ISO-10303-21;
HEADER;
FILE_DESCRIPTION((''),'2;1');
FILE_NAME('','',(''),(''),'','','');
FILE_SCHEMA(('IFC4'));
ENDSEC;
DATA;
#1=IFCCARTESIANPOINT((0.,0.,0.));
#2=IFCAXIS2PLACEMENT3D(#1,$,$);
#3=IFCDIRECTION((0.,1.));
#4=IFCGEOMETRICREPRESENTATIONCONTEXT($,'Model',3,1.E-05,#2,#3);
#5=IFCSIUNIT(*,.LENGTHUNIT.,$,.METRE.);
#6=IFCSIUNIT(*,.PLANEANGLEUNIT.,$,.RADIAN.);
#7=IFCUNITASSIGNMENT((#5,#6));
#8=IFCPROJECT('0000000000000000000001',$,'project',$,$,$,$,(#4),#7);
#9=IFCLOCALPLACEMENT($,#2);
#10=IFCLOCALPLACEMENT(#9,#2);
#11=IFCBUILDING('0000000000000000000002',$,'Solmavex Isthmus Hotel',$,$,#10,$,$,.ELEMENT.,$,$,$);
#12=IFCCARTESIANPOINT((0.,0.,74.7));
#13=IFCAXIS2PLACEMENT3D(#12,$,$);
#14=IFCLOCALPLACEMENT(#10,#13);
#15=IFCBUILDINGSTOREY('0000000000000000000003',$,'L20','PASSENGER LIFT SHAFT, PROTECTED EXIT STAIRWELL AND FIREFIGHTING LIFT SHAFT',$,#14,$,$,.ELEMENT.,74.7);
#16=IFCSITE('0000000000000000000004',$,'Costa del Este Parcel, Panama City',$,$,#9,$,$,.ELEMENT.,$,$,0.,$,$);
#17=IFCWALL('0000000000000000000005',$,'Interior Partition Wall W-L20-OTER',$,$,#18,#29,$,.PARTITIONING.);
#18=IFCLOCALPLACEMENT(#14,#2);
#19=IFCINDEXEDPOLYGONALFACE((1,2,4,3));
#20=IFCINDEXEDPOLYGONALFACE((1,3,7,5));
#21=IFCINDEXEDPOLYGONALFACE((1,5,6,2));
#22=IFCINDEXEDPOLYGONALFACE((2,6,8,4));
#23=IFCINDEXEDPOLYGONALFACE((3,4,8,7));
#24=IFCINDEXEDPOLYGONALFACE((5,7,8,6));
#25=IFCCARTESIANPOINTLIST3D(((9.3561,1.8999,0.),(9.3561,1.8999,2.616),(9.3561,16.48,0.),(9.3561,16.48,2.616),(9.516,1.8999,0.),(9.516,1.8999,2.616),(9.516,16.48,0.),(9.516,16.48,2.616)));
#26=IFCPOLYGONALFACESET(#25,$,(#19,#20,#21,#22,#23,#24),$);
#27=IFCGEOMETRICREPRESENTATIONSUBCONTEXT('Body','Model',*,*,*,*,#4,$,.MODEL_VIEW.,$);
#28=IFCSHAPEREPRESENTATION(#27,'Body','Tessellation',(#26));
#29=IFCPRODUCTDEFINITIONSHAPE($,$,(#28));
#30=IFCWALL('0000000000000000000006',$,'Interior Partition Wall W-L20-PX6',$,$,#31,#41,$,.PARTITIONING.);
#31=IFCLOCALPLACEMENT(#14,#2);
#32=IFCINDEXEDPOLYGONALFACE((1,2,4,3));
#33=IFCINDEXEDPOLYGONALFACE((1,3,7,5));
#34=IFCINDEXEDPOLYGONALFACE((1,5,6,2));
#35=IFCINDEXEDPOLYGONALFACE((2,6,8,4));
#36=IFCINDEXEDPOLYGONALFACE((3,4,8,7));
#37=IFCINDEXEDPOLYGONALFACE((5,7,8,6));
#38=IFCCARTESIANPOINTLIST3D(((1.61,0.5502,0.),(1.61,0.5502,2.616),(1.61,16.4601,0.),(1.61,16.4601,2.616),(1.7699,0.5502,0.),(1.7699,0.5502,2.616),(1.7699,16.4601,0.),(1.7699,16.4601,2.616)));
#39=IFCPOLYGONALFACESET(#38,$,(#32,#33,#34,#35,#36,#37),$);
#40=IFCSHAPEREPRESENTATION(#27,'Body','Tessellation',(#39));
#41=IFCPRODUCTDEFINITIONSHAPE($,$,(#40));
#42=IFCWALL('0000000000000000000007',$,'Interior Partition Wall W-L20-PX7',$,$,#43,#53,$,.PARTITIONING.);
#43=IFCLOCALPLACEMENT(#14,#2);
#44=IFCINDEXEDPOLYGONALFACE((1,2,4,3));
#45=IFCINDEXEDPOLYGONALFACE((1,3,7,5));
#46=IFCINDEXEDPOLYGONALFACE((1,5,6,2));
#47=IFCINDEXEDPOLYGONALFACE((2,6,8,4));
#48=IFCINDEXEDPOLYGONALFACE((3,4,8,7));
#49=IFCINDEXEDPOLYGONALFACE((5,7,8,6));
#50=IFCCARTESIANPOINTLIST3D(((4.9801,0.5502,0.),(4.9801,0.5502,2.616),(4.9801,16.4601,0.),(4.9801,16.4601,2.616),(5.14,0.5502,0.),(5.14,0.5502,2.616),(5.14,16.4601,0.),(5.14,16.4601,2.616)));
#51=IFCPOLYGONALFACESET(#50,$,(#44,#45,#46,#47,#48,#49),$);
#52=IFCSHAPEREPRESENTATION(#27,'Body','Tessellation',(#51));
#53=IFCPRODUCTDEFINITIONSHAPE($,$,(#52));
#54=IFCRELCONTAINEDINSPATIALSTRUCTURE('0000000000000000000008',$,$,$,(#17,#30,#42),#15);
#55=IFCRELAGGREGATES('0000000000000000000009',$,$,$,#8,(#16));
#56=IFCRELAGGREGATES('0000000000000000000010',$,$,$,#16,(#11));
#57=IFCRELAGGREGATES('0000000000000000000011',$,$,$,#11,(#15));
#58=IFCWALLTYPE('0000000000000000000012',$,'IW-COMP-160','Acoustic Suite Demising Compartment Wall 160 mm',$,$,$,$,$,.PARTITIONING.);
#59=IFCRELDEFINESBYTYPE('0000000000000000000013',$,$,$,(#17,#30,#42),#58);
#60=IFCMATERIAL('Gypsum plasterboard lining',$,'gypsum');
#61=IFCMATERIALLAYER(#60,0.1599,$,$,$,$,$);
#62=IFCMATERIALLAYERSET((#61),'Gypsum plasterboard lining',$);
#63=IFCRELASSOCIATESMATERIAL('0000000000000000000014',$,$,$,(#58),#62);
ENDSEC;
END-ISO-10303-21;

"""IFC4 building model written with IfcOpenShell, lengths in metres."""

from ifc_helpers import new_model, si_unit, direction, frame, frame_2d, origin, place, context, subcontext, project, spatial, rectangle, extrude, material, layer, layer_set, type_object, element, save


model = new_model("IFC4")

# Units and contexts
model_context = context("Model", 3, precision=1e-05, world=origin(), true_north=direction((0.0, 1.0)))
body_context = subcontext(model_context, "Body", "Model", "MODEL_VIEW")
ifc_project = project(units=[si_unit("LENGTHUNIT", "METRE"), si_unit("PLANEANGLEUNIT", "RADIAN")], contexts=[model_context])

# Site, building, storey
site_placement = place(None, origin())
site = spatial("IfcSite", under=ifc_project, at=site_placement, Name="Costa del Este Parcel, Panama City", CompositionType="ELEMENT", RefElevation=0.0)
building_placement = place(site_placement, origin())
building = spatial("IfcBuilding", under=site, at=building_placement, Name="Solmavex Isthmus Hotel", CompositionType="ELEMENT")
storey_placement = place(building_placement, frame((0.0, 0.0, 74.7)))
storey = spatial("IfcBuildingStorey", under=building, at=storey_placement, Name="L20", Description="PASSENGER LIFT SHAFT, PROTECTED EXIT STAIRWELL AND FIREFIGHTING LIFT SHAFT", CompositionType="ELEMENT", Elevation=74.7)

# Walls
ifc_material_1 = material(Name="Gypsum plasterboard lining", Category="gypsum")
ifc_layer_1 = layer(ifc_material_1, 0.1599)
ifc_layer_set_1 = layer_set([ifc_layer_1], Name="Gypsum plasterboard lining")
wall_type = type_object("IfcWallType", Name="IW-COMP-160", Description="Acoustic Suite Demising Compartment Wall 160 mm", PredefinedType="PARTITIONING", material=ifc_layer_set_1)
for number, where, z_axis, x_axis, name in (
    (1, (9.436, 1.8999, 0.0), (0.0, 0.0, 1.0), (0.0, 1.0, 0.0), "Interior Partition Wall W-L20-OTER"),
):
    element("IfcWall", number, at=place(storey_placement, frame(where, z_axis=z_axis, x_axis=x_axis)), inside=storey, type_object=wall_type, Name=name, PredefinedType="PARTITIONING", context=body_context, shape_type="SweptSolid", body=[
        extrude(rectangle(XDim=14.5801, YDim=0.1599, at=frame_2d((7.29, 0.0))), origin(), (0.0, 0.0, 1.0), 2.616),
    ])
for number, where, z_axis, x_axis, name in (
    (2, (1.6899, 0.55, 0.0), (0.0, 0.0, 1.0), (0.0, 1.0, 0.0), "Interior Partition Wall W-L20-PX6"),
    (3, (5.0601, 0.55, 0.0), (0.0, 0.0, 1.0), (0.0, 1.0, 0.0), "Interior Partition Wall W-L20-PX7"),
):
    element("IfcWall", number, at=place(storey_placement, frame(where, z_axis=z_axis, x_axis=x_axis)), inside=storey, type_object=wall_type, Name=name, PredefinedType="PARTITIONING", context=body_context, shape_type="SweptSolid", body=[
        extrude(rectangle(XDim=15.9099, YDim=0.1599, at=frame_2d((7.9551, 0.0))), origin(), (0.0, 0.0, 1.0), 2.616),
    ])

save(model, "model.ifc")
